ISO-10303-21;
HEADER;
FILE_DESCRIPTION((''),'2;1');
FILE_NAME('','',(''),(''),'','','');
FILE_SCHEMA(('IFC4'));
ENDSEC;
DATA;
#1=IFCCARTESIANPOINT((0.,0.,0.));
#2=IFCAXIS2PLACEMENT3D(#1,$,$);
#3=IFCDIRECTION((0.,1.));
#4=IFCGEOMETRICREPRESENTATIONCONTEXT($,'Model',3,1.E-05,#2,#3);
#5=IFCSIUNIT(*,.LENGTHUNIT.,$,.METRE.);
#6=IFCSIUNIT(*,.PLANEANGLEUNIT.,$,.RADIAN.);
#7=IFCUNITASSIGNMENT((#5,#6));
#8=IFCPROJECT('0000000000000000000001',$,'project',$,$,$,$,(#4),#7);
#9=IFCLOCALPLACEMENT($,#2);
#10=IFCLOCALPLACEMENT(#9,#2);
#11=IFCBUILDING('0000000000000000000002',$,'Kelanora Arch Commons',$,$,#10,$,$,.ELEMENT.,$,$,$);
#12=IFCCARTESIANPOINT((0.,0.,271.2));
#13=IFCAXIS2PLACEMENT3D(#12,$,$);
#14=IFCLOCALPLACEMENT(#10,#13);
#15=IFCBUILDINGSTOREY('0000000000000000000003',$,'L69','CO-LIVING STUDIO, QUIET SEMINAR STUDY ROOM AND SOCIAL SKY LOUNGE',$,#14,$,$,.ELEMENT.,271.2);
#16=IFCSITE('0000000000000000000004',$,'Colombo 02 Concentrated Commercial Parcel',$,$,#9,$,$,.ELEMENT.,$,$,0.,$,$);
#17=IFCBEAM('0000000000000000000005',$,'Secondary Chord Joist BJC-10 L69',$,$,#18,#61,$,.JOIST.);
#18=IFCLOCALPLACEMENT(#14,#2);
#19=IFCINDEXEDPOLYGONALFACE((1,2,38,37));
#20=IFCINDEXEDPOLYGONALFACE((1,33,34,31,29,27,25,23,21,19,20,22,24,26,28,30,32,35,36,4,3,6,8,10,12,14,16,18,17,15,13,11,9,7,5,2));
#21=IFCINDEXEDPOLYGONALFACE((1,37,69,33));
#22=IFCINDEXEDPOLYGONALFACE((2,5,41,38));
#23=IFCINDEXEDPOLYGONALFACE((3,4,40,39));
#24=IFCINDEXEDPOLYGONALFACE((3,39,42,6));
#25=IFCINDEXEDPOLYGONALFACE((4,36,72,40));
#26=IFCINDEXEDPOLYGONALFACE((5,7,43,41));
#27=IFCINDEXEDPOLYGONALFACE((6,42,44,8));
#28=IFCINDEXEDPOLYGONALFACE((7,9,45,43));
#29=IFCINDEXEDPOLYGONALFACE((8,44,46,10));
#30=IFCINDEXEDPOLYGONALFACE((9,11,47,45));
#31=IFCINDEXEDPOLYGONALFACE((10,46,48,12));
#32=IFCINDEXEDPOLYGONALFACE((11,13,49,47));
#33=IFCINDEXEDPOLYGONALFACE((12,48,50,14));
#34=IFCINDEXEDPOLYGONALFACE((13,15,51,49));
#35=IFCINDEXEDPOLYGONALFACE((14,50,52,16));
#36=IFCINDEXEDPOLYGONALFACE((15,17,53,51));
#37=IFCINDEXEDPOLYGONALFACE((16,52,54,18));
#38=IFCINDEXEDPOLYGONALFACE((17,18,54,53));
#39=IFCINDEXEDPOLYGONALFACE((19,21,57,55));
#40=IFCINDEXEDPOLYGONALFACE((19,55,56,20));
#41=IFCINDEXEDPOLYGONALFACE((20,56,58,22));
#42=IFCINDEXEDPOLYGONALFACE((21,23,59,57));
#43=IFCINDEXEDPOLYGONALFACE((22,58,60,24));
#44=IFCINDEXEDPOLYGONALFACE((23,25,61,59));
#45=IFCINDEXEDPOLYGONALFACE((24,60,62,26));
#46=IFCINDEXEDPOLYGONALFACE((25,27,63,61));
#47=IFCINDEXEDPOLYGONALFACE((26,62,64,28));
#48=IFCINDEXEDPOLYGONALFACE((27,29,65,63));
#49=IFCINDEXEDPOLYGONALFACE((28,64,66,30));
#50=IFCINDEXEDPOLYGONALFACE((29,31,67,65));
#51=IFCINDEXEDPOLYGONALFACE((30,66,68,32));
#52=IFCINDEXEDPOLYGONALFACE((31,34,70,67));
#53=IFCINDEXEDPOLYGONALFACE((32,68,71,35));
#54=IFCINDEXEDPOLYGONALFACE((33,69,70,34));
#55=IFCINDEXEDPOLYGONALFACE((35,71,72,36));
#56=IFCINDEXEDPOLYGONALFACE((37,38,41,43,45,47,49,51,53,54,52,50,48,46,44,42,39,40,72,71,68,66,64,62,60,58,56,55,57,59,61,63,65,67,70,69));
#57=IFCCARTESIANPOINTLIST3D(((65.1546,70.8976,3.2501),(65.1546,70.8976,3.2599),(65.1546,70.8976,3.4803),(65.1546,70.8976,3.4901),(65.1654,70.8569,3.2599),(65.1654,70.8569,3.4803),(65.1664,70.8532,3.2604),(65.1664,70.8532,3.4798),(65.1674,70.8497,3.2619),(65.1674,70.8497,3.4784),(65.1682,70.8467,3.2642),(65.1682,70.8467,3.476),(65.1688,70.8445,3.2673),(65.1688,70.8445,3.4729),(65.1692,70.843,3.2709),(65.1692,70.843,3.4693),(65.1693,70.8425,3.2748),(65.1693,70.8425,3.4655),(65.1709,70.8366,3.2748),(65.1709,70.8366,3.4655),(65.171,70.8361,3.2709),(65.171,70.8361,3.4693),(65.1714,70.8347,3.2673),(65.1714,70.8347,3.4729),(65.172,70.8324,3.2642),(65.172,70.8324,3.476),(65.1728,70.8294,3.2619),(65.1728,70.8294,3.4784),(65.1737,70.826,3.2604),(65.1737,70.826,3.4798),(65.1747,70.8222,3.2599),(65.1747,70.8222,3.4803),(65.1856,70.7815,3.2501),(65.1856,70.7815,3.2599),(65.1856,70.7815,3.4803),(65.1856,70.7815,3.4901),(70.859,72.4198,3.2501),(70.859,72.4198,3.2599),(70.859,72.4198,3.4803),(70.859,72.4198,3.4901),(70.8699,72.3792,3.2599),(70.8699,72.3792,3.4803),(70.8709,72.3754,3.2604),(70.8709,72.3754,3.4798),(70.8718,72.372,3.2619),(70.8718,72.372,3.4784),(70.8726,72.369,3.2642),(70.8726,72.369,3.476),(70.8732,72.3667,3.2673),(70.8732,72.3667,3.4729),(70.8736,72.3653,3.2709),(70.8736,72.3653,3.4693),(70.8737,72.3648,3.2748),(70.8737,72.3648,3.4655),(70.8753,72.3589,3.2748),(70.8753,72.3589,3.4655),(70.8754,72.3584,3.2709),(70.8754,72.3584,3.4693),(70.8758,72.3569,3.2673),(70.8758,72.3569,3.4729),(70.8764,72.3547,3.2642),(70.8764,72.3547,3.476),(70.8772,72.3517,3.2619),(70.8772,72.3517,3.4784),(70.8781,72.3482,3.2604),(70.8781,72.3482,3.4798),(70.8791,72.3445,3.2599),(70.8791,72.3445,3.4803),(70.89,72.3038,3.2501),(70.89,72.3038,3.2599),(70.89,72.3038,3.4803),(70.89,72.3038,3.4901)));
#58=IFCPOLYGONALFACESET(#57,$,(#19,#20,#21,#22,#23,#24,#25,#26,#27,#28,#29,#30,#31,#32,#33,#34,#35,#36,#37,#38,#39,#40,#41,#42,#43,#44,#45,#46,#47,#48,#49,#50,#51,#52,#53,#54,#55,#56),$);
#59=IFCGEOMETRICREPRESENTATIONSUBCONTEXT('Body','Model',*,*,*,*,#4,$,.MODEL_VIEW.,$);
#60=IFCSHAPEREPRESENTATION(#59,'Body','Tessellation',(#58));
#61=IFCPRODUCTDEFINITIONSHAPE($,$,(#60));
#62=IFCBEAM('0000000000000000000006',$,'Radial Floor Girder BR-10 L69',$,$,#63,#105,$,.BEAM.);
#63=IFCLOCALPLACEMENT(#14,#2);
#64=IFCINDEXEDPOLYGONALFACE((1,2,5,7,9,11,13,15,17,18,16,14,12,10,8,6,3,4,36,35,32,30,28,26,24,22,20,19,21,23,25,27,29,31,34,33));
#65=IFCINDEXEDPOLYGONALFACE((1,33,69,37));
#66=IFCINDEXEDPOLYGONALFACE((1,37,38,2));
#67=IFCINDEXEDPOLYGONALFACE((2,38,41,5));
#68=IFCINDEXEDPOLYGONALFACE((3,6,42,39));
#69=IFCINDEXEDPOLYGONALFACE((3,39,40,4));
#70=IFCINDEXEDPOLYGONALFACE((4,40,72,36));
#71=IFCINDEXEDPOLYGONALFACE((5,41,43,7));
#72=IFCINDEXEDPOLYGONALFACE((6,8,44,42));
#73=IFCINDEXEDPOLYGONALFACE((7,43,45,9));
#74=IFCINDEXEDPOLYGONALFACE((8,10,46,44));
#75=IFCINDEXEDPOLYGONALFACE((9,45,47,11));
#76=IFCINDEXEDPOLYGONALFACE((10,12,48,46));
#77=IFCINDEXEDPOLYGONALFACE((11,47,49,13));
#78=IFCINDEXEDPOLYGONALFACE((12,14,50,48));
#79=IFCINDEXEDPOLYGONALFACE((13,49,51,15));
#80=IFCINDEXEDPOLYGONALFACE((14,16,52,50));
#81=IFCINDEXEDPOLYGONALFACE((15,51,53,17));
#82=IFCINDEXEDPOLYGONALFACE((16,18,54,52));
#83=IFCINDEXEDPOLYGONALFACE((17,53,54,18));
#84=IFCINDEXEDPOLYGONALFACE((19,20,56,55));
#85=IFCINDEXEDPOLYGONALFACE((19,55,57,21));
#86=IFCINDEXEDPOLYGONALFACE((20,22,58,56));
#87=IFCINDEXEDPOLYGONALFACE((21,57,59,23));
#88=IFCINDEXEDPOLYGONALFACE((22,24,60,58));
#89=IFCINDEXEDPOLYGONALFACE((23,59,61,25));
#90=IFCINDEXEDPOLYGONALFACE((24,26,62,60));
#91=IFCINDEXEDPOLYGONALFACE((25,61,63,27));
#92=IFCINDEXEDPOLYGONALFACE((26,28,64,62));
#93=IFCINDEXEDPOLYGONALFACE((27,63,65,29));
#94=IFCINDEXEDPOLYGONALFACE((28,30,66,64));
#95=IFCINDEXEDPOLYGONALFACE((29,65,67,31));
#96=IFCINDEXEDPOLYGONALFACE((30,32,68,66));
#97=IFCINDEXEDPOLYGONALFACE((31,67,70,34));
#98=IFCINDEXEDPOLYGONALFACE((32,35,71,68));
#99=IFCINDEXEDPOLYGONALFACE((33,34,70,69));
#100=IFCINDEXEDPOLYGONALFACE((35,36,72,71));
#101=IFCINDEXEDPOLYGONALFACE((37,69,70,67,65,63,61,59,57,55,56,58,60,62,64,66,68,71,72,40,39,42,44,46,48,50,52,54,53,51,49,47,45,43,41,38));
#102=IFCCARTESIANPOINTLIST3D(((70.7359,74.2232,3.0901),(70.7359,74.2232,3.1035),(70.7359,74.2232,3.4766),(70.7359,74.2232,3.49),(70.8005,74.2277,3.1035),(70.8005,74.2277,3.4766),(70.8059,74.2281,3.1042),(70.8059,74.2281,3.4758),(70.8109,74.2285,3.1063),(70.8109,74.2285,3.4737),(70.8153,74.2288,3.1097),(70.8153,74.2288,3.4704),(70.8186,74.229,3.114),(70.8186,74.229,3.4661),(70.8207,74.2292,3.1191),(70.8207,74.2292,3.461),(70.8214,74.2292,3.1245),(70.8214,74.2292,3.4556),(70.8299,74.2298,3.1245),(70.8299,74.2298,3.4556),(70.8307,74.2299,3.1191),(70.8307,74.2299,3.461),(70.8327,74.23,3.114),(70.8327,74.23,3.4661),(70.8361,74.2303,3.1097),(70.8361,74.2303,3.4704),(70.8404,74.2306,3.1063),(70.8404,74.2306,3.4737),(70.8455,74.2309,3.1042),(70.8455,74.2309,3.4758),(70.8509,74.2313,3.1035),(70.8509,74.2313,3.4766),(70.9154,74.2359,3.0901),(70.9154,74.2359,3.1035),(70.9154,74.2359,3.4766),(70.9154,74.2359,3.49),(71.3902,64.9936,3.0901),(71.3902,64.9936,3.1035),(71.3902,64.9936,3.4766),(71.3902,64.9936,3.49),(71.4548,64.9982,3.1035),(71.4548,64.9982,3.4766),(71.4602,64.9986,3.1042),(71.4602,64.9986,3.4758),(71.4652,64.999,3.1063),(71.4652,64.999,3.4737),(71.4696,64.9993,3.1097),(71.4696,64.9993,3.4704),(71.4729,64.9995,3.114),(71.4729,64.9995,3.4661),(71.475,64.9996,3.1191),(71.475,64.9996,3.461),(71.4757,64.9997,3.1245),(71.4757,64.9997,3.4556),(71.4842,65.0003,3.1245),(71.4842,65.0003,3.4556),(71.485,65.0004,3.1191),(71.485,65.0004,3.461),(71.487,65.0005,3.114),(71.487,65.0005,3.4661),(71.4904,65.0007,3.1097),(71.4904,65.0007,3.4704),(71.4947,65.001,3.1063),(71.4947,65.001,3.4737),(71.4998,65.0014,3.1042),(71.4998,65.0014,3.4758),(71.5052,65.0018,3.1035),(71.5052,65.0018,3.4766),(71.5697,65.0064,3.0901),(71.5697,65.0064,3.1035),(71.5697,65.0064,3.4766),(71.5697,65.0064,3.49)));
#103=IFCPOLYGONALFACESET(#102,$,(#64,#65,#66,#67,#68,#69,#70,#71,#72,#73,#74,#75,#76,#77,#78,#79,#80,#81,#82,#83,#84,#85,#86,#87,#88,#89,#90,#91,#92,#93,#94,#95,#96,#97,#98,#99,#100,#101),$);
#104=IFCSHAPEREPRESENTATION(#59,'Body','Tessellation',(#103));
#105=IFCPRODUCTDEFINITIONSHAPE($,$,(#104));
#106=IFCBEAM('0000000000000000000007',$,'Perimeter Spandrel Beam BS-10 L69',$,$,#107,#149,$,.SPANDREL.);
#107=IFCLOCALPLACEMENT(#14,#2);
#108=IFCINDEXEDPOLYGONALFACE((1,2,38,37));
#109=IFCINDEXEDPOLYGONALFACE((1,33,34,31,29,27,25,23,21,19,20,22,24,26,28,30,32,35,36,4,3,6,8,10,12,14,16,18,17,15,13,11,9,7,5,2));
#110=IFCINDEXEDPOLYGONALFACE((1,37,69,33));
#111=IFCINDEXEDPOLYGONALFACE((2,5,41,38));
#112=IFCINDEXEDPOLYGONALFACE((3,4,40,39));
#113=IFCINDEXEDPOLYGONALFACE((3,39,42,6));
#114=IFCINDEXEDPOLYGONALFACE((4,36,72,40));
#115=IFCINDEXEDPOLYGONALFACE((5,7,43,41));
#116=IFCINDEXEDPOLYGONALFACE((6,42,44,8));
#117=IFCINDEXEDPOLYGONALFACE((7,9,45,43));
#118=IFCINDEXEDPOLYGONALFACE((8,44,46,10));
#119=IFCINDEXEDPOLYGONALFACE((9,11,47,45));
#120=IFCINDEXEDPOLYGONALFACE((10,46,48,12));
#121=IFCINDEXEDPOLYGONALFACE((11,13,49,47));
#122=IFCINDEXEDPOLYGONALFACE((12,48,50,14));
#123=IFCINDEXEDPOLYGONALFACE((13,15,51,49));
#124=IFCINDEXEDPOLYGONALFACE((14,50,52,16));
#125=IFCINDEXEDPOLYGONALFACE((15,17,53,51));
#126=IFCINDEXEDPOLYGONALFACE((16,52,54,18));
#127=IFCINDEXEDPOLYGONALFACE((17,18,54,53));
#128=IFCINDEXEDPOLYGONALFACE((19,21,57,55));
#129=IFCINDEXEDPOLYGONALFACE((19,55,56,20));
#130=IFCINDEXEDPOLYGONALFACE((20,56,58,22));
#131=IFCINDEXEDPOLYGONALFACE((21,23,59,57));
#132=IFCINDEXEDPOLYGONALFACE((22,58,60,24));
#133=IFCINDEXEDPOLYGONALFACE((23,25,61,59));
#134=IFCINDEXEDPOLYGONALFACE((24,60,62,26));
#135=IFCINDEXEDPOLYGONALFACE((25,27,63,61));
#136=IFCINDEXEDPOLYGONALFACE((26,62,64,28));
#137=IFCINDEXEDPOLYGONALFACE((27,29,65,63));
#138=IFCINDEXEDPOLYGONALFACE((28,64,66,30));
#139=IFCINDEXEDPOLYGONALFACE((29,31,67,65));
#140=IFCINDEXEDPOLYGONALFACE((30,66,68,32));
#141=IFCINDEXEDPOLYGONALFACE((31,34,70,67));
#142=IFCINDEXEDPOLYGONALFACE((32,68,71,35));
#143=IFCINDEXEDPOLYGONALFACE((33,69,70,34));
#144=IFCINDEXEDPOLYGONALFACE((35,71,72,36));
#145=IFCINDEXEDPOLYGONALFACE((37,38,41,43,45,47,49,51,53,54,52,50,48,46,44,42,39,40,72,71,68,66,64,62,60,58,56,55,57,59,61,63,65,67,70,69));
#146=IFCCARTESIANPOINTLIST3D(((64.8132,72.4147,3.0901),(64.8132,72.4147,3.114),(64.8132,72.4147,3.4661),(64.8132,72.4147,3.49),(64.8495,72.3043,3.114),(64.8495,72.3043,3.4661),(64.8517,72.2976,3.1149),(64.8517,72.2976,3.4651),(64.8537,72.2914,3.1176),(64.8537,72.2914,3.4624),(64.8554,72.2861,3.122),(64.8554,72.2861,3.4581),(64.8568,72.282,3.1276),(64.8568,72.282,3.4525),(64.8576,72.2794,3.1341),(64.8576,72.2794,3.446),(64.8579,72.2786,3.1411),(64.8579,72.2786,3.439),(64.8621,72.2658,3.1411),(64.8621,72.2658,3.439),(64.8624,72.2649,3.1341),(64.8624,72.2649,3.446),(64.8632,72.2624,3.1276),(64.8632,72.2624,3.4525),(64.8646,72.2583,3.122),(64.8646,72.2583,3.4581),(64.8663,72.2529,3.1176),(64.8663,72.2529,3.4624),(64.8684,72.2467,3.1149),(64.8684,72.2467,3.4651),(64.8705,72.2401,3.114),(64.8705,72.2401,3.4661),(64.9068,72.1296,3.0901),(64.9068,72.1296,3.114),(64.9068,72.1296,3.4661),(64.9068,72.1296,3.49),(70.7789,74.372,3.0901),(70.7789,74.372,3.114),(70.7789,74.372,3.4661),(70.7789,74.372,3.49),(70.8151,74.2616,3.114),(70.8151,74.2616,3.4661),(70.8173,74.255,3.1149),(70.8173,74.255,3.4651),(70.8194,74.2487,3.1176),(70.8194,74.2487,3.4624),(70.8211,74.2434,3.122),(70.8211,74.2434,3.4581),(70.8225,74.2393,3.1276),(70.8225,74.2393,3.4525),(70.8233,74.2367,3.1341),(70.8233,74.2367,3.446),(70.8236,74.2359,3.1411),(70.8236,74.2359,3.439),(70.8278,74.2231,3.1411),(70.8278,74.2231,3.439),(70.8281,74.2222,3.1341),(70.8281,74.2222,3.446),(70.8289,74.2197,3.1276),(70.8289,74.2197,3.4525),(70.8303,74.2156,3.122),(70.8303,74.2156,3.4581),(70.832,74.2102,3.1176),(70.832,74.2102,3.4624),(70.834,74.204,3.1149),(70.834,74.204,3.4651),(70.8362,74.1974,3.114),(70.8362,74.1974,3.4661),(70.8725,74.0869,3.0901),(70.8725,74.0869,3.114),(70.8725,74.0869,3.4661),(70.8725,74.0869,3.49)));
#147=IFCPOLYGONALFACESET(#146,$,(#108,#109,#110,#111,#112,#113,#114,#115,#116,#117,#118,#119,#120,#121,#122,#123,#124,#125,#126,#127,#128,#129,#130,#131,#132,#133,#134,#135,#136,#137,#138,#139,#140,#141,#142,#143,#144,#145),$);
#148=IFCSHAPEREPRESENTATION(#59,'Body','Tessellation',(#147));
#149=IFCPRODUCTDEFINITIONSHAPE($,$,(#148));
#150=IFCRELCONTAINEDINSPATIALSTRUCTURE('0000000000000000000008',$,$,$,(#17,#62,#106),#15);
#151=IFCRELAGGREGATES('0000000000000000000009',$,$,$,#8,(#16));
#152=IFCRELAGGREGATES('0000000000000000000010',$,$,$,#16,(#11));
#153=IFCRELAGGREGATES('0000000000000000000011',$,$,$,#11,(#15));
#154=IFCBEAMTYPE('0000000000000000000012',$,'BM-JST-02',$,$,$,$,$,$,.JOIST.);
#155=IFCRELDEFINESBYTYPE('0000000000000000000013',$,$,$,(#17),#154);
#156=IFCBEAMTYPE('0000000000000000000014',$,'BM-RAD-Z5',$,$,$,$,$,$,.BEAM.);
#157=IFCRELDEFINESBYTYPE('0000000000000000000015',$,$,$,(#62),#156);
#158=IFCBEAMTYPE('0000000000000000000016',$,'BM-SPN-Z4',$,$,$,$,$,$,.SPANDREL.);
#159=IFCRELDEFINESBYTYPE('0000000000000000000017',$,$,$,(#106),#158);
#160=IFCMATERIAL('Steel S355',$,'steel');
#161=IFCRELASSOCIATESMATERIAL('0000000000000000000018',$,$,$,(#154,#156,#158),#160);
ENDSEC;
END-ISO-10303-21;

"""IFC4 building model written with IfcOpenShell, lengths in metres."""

from ifc_helpers import new_model, si_unit, direction, frame, origin, origin_2d, place, context, subcontext, project, spatial, i_section, extrude, material, material_profile, profile_set, type_object, element, save


model = new_model("IFC4")

# Units and contexts
model_context = context("Model", 3, precision=1e-05, world=origin(), true_north=direction((0.0, 1.0)))
body_context = subcontext(model_context, "Body", "Model", "MODEL_VIEW")
ifc_project = project(units=[si_unit("LENGTHUNIT", "METRE"), si_unit("PLANEANGLEUNIT", "RADIAN")], contexts=[model_context])

# Site, building, storey
site_placement = place(None, origin())
site = spatial("IfcSite", under=ifc_project, at=site_placement, Name="Colombo 02 Concentrated Commercial Parcel", CompositionType="ELEMENT", RefElevation=0.0)
building_placement = place(site_placement, origin())
building = spatial("IfcBuilding", under=site, at=building_placement, Name="Kelanora Arch Commons", CompositionType="ELEMENT")
storey_placement = place(building_placement, frame((0.0, 0.0, 271.2)))
storey = spatial("IfcBuildingStorey", under=building, at=storey_placement, Name="L69", Description="CO-LIVING STUDIO, QUIET SEMINAR STUDY ROOM AND SOCIAL SKY LOUNGE", CompositionType="ELEMENT", Elevation=271.2)

# Beams
ifc_material_1 = material(Name="Steel S355", Category="steel")
ifc_material_profile_1 = material_profile(ifc_material_1, i_section(OverallWidth=0.1201, OverallDepth=0.24, WebThickness=0.0061, FlangeThickness=0.0098, FilletRadius=0.0149, at=origin_2d()), Name="IPE240")
ifc_profile_set_1 = profile_set([ifc_material_profile_1], Name="Steel S355")
beam_type_1 = type_object("IfcBeamType", Name="BM-JST-02", PredefinedType="JOIST", material=ifc_profile_set_1)
beam_1_placement = place(storey_placement, frame((70.8745, 72.3618, 3.3701), z_axis=(-0.96619, -0.25783, 0.0), x_axis=(0.25783, -0.96619, 0.0)))
element("IfcBeam", 1, at=beam_1_placement, inside=storey, type_object=beam_type_1, Name="Secondary Chord Joist BJC-10 L69", PredefinedType="JOIST", context=body_context, shape_type="SweptSolid", body=[
    extrude(i_section(OverallWidth=0.1201, OverallDepth=0.24, WebThickness=0.0061, FlangeThickness=0.0098, FilletRadius=0.0149, at=origin_2d()), origin(), (0.0, 0.0, 1.0), 5.9041),
])
ifc_material_profile_2 = material_profile(ifc_material_1, i_section(OverallWidth=0.1799, OverallDepth=0.3999, WebThickness=0.0085, FlangeThickness=0.0134, FilletRadius=0.021, at=origin_2d()), Name="IPE400")
ifc_profile_set_2 = profile_set([ifc_material_profile_2], Name="Steel S355")
beam_type_2 = type_object("IfcBeamType", Name="BM-RAD-Z5", PredefinedType="BEAM", material=ifc_profile_set_2)
beam_2_placement = place(storey_placement, frame((71.48, 65.0, 3.29), z_axis=(-0.070714, 0.997497, 0.0), x_axis=(-0.997497, -0.070714, 0.0)))
element("IfcBeam", 2, at=beam_2_placement, inside=storey, type_object=beam_type_2, Name="Radial Floor Girder BR-10 L69", PredefinedType="BEAM", context=body_context, shape_type="SweptSolid", body=[
    extrude(i_section(OverallWidth=0.1799, OverallDepth=0.3999, WebThickness=0.0085, FlangeThickness=0.0134, FilletRadius=0.021, at=origin_2d()), origin(), (0.0, 0.0, 1.0), 9.2527),
])
ifc_material_profile_3 = material_profile(ifc_material_1, i_section(OverallWidth=0.3, OverallDepth=0.3999, WebThickness=0.0134, FlangeThickness=0.0239, FilletRadius=0.0271, at=origin_2d()), Name="HEB400")
ifc_profile_set_3 = profile_set([ifc_material_profile_3], Name="Steel S355")
beam_type_3 = type_object("IfcBeamType", Name="BM-SPN-Z4", PredefinedType="SPANDREL", material=ifc_profile_set_3)
beam_3_placement = place(storey_placement, frame((70.8257, 74.2295, 3.29), z_axis=(-0.950166, -0.311745, 0.0), x_axis=(0.311745, -0.950166, 0.0)))
element("IfcBeam", 3, at=beam_3_placement, inside=storey, type_object=beam_type_3, Name="Perimeter Spandrel Beam BS-10 L69", PredefinedType="SPANDREL", context=body_context, shape_type="SweptSolid", body=[
    extrude(i_section(OverallWidth=0.3, OverallDepth=0.3999, WebThickness=0.0134, FlangeThickness=0.0239, FilletRadius=0.0271, at=origin_2d()), origin(), (0.0, 0.0, 1.0), 6.2786),
])

save(model, "model.ifc")
